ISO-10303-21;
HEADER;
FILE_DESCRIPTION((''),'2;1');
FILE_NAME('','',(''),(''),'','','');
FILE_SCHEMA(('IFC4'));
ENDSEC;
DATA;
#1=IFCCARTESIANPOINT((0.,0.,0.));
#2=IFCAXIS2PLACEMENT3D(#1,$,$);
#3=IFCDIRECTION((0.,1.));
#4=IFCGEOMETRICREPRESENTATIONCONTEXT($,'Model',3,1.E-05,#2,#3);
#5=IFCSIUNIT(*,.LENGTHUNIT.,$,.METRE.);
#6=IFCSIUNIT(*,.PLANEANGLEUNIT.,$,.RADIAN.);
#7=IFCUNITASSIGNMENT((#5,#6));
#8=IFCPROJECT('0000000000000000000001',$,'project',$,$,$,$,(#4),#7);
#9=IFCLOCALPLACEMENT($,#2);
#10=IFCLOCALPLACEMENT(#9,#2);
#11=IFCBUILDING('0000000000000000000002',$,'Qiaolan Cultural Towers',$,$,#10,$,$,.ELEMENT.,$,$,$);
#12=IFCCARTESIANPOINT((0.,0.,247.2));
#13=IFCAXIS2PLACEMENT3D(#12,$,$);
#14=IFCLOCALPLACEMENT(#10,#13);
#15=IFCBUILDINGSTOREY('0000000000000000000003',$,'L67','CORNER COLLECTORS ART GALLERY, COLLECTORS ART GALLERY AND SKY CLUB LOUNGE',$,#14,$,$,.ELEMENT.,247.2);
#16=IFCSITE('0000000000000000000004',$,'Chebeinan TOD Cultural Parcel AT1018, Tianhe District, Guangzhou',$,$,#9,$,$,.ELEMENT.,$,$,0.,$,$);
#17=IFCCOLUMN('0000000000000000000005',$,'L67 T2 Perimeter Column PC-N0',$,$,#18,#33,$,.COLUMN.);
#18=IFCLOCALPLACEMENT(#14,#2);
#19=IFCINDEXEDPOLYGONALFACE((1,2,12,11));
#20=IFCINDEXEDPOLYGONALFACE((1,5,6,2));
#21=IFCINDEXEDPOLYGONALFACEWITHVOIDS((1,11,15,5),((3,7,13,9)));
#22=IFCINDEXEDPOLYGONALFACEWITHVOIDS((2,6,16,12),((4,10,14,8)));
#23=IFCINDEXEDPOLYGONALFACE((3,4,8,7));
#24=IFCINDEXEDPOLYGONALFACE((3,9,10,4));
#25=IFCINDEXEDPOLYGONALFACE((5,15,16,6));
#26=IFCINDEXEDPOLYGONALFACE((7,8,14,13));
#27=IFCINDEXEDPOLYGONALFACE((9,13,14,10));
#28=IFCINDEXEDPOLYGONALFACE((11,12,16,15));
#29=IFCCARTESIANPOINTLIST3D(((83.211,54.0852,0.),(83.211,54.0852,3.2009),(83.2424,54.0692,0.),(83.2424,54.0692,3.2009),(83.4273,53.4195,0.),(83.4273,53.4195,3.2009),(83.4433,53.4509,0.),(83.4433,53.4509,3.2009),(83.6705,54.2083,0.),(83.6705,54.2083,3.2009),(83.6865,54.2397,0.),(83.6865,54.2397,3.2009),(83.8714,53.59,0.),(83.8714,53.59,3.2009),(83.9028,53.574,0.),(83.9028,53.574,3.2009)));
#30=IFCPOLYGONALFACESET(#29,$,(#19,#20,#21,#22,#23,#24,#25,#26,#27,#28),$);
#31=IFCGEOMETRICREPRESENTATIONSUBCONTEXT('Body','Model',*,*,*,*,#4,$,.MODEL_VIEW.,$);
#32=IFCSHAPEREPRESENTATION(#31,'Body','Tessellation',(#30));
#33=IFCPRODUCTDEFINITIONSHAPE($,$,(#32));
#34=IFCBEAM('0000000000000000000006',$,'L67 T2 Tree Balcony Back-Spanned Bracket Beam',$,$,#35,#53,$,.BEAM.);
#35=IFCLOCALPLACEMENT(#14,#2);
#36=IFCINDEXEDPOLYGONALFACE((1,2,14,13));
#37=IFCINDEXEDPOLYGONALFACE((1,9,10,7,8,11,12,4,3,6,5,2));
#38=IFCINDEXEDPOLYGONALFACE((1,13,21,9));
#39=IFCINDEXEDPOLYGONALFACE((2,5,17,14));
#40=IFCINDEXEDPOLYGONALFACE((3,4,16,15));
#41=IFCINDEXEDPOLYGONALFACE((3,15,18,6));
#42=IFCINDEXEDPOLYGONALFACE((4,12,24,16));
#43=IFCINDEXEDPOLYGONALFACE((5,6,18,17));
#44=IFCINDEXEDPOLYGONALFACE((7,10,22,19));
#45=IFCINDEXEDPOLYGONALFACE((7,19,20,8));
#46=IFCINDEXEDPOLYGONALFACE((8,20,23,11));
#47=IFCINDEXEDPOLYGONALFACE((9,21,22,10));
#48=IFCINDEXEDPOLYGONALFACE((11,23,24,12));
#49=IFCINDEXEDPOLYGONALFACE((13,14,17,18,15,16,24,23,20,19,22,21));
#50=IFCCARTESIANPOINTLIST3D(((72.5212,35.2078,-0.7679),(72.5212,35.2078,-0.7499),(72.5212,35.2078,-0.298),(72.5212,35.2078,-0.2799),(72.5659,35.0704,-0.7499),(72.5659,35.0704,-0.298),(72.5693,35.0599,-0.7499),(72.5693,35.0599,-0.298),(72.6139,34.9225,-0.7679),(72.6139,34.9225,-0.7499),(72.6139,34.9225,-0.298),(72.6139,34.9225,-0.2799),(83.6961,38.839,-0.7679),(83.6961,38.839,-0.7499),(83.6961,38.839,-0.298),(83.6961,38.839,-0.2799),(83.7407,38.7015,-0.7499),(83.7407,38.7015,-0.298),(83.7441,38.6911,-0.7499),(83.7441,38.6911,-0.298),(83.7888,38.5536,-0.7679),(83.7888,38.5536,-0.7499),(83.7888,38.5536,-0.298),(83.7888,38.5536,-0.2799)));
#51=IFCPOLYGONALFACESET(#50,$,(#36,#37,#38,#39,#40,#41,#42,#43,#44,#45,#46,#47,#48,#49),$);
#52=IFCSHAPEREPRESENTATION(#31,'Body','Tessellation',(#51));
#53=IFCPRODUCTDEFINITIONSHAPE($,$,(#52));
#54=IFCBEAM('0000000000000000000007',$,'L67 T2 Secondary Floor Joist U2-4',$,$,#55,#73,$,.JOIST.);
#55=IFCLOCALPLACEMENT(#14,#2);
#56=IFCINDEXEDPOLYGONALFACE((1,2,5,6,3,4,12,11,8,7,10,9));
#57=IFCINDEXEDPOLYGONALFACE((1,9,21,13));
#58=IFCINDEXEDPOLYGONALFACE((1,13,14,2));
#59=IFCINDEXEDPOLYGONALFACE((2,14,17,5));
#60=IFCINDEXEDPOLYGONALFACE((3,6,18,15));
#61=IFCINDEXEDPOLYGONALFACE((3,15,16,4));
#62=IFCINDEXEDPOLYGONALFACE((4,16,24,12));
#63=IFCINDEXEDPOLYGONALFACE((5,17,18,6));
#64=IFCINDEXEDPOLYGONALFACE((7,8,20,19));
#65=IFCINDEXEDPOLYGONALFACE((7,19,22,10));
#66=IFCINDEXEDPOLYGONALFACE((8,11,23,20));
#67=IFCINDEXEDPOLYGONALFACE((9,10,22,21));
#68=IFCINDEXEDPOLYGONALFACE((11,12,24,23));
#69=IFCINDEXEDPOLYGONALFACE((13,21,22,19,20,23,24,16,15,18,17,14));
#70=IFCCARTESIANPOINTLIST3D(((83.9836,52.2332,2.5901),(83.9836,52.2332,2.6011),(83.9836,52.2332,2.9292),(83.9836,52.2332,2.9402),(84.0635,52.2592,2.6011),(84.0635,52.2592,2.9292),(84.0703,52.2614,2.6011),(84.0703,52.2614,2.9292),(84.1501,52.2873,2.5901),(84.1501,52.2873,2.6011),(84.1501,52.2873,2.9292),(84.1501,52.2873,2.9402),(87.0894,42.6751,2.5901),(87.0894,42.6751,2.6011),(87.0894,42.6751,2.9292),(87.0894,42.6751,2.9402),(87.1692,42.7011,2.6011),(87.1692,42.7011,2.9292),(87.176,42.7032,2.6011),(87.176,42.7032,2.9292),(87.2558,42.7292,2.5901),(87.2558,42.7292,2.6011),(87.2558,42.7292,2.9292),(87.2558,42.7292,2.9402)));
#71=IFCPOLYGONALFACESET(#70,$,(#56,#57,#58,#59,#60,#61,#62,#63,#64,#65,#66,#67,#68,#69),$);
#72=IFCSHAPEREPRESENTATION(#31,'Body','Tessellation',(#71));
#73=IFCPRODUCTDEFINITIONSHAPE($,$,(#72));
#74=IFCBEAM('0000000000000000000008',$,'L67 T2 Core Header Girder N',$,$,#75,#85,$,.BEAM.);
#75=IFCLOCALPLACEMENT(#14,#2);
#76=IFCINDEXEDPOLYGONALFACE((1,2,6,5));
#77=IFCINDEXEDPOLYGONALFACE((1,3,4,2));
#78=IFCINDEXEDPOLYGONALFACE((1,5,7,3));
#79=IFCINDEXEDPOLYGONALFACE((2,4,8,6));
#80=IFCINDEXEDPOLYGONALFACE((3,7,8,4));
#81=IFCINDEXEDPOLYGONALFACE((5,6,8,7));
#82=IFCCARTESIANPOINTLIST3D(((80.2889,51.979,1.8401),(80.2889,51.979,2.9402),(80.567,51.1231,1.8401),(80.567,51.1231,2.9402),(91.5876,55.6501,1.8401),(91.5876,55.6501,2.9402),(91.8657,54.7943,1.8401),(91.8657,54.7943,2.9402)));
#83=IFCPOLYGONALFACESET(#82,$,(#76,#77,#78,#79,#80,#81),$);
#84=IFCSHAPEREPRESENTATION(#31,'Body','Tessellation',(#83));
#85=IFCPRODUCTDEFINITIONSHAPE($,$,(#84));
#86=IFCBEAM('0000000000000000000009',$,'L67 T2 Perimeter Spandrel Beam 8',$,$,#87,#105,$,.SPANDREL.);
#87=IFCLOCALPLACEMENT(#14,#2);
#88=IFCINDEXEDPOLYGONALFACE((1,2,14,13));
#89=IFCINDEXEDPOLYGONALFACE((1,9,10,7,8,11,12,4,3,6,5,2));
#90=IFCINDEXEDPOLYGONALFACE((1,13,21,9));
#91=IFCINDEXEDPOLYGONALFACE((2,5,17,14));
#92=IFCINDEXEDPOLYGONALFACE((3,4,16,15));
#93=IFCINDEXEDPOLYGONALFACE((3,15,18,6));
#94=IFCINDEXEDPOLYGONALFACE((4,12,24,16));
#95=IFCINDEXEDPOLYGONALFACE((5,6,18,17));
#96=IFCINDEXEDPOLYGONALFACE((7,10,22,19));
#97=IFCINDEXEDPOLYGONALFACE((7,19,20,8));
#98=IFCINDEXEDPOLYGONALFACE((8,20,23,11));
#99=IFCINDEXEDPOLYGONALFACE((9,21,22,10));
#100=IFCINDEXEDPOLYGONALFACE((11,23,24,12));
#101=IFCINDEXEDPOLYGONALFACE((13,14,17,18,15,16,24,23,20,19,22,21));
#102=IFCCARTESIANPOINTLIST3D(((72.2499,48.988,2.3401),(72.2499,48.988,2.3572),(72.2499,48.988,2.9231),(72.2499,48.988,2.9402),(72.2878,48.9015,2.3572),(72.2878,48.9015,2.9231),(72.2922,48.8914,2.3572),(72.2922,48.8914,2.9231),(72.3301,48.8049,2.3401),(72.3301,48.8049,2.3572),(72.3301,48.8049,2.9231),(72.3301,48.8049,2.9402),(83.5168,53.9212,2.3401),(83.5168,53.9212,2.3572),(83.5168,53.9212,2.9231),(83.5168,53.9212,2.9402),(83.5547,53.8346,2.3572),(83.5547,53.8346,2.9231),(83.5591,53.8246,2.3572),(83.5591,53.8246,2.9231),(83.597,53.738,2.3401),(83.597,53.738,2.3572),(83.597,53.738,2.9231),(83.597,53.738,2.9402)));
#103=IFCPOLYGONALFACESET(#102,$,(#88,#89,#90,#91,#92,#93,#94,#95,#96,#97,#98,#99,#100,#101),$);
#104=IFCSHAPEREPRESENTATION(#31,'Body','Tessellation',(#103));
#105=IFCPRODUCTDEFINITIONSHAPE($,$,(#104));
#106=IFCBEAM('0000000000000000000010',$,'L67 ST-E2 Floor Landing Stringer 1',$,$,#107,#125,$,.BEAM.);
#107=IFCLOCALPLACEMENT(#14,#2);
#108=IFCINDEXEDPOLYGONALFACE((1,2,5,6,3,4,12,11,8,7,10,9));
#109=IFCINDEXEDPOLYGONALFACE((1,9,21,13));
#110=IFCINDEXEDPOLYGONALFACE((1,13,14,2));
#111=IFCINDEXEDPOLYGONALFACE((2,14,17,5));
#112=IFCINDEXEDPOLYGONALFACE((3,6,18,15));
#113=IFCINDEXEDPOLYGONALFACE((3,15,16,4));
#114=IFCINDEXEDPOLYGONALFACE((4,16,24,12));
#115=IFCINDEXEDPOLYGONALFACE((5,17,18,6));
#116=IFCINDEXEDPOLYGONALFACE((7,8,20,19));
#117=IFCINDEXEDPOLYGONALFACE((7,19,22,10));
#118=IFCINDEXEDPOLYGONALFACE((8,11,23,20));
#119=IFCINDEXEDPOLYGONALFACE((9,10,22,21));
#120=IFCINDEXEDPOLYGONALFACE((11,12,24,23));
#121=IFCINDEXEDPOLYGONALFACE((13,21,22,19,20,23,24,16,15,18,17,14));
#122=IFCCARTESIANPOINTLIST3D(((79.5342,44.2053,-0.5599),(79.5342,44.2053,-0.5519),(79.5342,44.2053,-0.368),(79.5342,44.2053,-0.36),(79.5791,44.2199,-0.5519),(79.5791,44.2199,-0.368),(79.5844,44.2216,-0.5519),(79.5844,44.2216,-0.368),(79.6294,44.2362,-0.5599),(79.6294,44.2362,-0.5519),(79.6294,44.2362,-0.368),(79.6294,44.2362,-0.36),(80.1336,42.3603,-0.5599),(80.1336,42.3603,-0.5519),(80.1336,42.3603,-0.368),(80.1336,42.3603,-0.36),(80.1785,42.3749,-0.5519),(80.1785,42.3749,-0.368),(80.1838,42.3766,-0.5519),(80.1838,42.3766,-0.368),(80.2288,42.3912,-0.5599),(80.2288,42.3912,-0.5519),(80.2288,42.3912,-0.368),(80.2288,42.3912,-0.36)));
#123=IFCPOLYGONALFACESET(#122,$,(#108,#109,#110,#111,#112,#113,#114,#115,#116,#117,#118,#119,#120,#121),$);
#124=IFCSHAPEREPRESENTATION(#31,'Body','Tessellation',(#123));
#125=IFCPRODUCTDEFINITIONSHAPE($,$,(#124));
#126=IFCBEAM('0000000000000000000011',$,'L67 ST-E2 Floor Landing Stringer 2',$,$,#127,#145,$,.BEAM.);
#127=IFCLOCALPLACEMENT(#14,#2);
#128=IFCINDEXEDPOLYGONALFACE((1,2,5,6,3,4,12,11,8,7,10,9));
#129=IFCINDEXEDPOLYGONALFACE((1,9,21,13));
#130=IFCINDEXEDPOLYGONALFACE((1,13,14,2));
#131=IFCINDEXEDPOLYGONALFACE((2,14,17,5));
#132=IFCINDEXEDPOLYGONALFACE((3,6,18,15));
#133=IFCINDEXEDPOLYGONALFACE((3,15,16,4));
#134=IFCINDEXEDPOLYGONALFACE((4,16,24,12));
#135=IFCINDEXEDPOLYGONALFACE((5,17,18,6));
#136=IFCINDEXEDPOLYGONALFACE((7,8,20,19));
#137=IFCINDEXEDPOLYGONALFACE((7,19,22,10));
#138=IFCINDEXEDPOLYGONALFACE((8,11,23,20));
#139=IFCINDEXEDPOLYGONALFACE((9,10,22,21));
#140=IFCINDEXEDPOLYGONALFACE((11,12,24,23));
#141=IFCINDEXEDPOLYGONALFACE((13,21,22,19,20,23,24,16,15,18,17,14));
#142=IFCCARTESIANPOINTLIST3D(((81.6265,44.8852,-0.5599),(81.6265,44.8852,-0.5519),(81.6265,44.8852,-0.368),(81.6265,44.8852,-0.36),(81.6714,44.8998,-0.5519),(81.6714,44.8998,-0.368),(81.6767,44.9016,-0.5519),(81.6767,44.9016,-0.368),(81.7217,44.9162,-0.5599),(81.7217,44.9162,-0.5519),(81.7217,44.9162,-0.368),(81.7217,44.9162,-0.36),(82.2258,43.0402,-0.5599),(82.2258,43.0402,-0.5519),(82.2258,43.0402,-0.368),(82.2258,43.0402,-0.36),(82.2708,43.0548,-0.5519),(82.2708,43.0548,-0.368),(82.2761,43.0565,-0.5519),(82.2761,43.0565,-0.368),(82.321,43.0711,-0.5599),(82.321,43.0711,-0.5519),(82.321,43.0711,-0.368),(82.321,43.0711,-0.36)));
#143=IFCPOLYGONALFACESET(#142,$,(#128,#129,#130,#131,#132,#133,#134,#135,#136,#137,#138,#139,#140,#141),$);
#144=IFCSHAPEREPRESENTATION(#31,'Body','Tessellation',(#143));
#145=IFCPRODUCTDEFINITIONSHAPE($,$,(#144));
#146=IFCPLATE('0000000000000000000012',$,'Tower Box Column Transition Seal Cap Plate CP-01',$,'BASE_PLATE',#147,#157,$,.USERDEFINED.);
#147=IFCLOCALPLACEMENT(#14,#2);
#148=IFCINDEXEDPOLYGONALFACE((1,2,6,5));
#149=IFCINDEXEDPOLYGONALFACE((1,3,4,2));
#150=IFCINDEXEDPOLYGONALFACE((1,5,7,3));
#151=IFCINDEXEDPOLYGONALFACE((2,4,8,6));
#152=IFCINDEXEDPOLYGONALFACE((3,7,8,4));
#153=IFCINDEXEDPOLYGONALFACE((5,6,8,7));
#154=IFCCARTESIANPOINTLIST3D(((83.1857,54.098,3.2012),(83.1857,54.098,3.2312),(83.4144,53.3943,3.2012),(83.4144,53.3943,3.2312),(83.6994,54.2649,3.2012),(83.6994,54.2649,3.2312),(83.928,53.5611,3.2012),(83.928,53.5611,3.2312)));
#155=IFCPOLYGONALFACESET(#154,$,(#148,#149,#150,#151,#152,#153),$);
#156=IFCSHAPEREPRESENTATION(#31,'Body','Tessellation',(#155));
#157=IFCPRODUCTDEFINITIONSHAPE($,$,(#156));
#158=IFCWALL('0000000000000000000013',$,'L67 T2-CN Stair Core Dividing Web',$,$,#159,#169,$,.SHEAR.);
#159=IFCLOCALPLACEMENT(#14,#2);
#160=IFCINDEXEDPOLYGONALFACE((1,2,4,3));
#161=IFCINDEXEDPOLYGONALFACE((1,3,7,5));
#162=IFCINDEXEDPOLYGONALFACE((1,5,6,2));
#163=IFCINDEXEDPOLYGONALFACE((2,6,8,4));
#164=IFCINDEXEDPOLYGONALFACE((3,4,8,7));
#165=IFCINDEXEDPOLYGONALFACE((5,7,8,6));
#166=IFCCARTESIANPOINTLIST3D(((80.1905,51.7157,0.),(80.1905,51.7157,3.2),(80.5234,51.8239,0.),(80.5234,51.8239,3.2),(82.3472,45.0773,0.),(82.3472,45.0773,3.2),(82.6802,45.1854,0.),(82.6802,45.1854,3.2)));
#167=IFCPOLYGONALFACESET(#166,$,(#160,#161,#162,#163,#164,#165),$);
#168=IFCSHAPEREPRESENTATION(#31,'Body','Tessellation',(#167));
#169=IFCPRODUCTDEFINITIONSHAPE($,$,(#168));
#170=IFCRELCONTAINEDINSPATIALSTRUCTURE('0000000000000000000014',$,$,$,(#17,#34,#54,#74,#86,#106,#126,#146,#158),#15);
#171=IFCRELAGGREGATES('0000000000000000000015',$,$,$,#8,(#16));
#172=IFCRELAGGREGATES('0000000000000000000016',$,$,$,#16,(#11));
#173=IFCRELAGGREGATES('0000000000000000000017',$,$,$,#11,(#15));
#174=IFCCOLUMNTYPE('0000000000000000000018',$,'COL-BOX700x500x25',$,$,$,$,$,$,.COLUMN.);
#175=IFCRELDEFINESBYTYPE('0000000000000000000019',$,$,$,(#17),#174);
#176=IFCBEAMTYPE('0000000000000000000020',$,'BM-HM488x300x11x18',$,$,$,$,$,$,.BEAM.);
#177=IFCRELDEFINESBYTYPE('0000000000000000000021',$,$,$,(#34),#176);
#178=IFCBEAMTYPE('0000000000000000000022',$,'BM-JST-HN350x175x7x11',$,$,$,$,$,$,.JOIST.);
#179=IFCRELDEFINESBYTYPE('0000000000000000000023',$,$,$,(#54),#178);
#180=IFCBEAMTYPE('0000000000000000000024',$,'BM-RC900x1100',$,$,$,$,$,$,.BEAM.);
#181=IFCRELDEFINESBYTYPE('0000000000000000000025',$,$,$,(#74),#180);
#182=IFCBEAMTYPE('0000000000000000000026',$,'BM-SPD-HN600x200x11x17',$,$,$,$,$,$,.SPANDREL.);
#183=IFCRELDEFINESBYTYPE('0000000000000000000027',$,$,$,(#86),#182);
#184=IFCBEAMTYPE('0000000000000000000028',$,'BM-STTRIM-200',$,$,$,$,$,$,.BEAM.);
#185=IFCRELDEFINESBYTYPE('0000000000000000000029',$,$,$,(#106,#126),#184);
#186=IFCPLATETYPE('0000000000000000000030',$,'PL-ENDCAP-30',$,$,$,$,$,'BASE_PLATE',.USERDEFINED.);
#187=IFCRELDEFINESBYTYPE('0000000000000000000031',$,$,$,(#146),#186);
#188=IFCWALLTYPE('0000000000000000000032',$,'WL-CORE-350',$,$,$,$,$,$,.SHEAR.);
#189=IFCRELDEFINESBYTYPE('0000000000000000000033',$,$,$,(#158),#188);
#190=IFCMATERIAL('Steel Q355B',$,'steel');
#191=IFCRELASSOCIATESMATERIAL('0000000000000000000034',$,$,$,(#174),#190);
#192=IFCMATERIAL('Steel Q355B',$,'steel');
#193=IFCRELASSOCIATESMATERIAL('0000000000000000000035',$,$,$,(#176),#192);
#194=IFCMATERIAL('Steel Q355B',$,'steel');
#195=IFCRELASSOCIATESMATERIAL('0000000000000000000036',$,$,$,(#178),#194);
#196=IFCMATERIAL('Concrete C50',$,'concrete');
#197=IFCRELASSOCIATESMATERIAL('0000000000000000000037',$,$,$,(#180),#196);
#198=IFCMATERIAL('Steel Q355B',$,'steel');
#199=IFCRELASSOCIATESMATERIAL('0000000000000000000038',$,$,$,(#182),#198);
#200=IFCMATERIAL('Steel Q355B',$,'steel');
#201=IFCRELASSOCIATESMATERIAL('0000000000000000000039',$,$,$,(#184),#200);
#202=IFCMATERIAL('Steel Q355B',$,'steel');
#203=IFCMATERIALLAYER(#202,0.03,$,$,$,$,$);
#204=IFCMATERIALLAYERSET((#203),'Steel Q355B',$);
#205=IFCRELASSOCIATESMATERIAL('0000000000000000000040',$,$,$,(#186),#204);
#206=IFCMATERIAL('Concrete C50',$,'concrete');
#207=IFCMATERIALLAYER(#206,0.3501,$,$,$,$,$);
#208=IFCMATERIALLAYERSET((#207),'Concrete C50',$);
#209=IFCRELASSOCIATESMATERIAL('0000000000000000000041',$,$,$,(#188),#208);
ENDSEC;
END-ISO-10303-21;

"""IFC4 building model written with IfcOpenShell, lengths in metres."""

from ifc_helpers import new_model, si_unit, direction, frame, frame_2d, origin, origin_2d, place, context, subcontext, project, spatial, rectangle, hollow_rectangle, i_section, extrude, material, layer, layer_set, material_profile, profile_set, type_object, element, save


model = new_model("IFC4")

# Units and contexts
model_context = context("Model", 3, precision=1e-05, world=origin(), true_north=direction((0.0, 1.0)))
body_context = subcontext(model_context, "Body", "Model", "MODEL_VIEW")
ifc_project = project(units=[si_unit("LENGTHUNIT", "METRE"), si_unit("PLANEANGLEUNIT", "RADIAN")], contexts=[model_context])

# Site, building, storey
site_placement = place(None, origin())
site = spatial("IfcSite", under=ifc_project, at=site_placement, Name="Chebeinan TOD Cultural Parcel AT1018, Tianhe District, Guangzhou", CompositionType="ELEMENT", RefElevation=0.0)
building_placement = place(site_placement, origin())
building = spatial("IfcBuilding", under=site, at=building_placement, Name="Qiaolan Cultural Towers", CompositionType="ELEMENT")
storey_placement = place(building_placement, frame((0.0, 0.0, 247.2)))
storey = spatial("IfcBuildingStorey", under=building, at=storey_placement, Name="L67", Description="CORNER COLLECTORS ART GALLERY, COLLECTORS ART GALLERY AND SKY CLUB LOUNGE", CompositionType="ELEMENT", Elevation=247.2)

# Column
ifc_material_1 = material(Name="Steel Q355B", Category="steel")
ifc_material_profile_1 = material_profile(ifc_material_1, hollow_rectangle(XDim=0.5, YDim=0.7, WallThickness=0.0249, at=origin_2d()), Name="BOX700x500x25")
ifc_profile_set_1 = profile_set([ifc_material_profile_1], Name="Steel Q355B")
column_type = type_object("IfcColumnType", Name="COL-BOX700x500x25", PredefinedType="COLUMN", material=ifc_profile_set_1)
column_placement = place(storey_placement, frame((83.5569, 53.8296, 0.0), z_axis=(0.0, 0.0, 1.0), x_axis=(0.951057, 0.309017, 0.0)))
element("IfcColumn", 1, at=column_placement, inside=storey, type_object=column_type, Name="L67 T2 Perimeter Column PC-N0", PredefinedType="COLUMN", context=body_context, shape_type="SweptSolid", body=[
    extrude(hollow_rectangle(XDim=0.5, YDim=0.7, WallThickness=0.0249, at=origin_2d()), origin(), (0.0, 0.0, 1.0), 3.2009),
])

# Beams
ifc_material_2 = material(Name="Steel Q355B", Category="steel")
ifc_material_profile_2 = material_profile(ifc_material_2, i_section(OverallWidth=0.3, OverallDepth=0.488, WebThickness=0.011, FlangeThickness=0.0181, at=origin_2d()), Name="HM488x300x11x18")
ifc_profile_set_2 = profile_set([ifc_material_profile_2], Name="Steel Q355B")
beam_type_1 = type_object("IfcBeamType", Name="BM-HM488x300x11x18", PredefinedType="BEAM", material=ifc_profile_set_2)
beam_1_placement = place(storey_placement, frame((83.7424, 38.6963, -0.5239), z_axis=(-0.951052, -0.309032, 0.0), x_axis=(0.309032, -0.951052, 0.0)))
element("IfcBeam", 2, at=beam_1_placement, inside=storey, type_object=beam_type_1, Name="L67 T2 Tree Balcony Back-Spanned Bracket Beam", PredefinedType="BEAM", context=body_context, shape_type="SweptSolid", body=[
    extrude(i_section(OverallWidth=0.3, OverallDepth=0.488, WebThickness=0.011, FlangeThickness=0.0181, at=origin_2d()), origin(), (0.0, 0.0, 1.0), 11.75),
])
ifc_material_3 = material(Name="Steel Q355B", Category="steel")
ifc_material_profile_3 = material_profile(ifc_material_3, i_section(OverallWidth=0.175, OverallDepth=0.3501, WebThickness=0.0071, FlangeThickness=0.011, at=origin_2d()), Name="HN350x175x7x11")
ifc_profile_set_3 = profile_set([ifc_material_profile_3], Name="Steel Q355B")
beam_type_2 = type_object("IfcBeamType", Name="BM-JST-HN350x175x7x11", PredefinedType="JOIST", material=ifc_profile_set_3)
beam_2_placement = place(storey_placement, frame((87.1726, 42.7021, 2.7651), z_axis=(-0.309026, 0.951054, 0.0), x_axis=(-0.951054, -0.309026, 0.0)))
element("IfcBeam", 3, at=beam_2_placement, inside=storey, type_object=beam_type_2, Name="L67 T2 Secondary Floor Joist U2-4", PredefinedType="JOIST", context=body_context, shape_type="SweptSolid", body=[
    extrude(i_section(OverallWidth=0.175, OverallDepth=0.3501, WebThickness=0.0071, FlangeThickness=0.011, at=origin_2d()), origin(), (0.0, 0.0, 1.0), 10.05),
])
ifc_material_4 = material(Name="Concrete C50", Category="concrete")
ifc_material_profile_4 = material_profile(ifc_material_4, rectangle(XDim=0.8999, YDim=1.1001, at=origin_2d()), Name="RC900x1100")
ifc_profile_set_4 = profile_set([ifc_material_profile_4], Name="Concrete C50")
beam_type_3 = type_object("IfcBeamType", Name="BM-RC900x1100", PredefinedType="BEAM", material=ifc_profile_set_4)
beam_3_placement = place(storey_placement, frame((80.428, 51.551, 2.3901), z_axis=(0.951056, 0.309018, 0.0), x_axis=(-0.309018, 0.951056, 0.0)))
element("IfcBeam", 4, at=beam_3_placement, inside=storey, type_object=beam_type_3, Name="L67 T2 Core Header Girder N", PredefinedType="BEAM", context=body_context, shape_type="SweptSolid", body=[
    extrude(rectangle(XDim=0.8999, YDim=1.1001, at=origin_2d()), origin(), (0.0, 0.0, 1.0), 11.8801),
])
ifc_material_5 = material(Name="Steel Q355B", Category="steel")
ifc_material_profile_5 = material_profile(ifc_material_5, i_section(OverallWidth=0.2, OverallDepth=0.6001, WebThickness=0.011, FlangeThickness=0.0171, at=origin_2d()), Name="HN600x200x11x17")
ifc_profile_set_5 = profile_set([ifc_material_profile_5], Name="Steel Q355B")
beam_type_4 = type_object("IfcBeamType", Name="BM-SPD-HN600x200x11x17", PredefinedType="SPANDREL", material=ifc_profile_set_5)
beam_4_placement = place(storey_placement, frame((83.5569, 53.8296, 2.6401), z_axis=(-0.916042, -0.401082, 0.0), x_axis=(0.401082, -0.916042, 0.0)))
element("IfcBeam", 5, at=beam_4_placement, inside=storey, type_object=beam_type_4, Name="L67 T2 Perimeter Spandrel Beam 8", PredefinedType="SPANDREL", context=body_context, shape_type="SweptSolid", body=[
    extrude(i_section(OverallWidth=0.2, OverallDepth=0.6001, WebThickness=0.011, FlangeThickness=0.0171, at=origin_2d()), origin(), (0.0, 0.0, 1.0), 12.2996),
])
ifc_material_6 = material(Name="Steel Q355B", Category="steel")
ifc_material_profile_6 = material_profile(ifc_material_6, i_section(OverallWidth=0.1001, OverallDepth=0.2, WebThickness=0.0056, FlangeThickness=0.0081, at=origin_2d()), Name="HN200x100x5.5x8")
ifc_profile_set_6 = profile_set([ifc_material_profile_6], Name="Steel Q355B")
beam_type_5 = type_object("IfcBeamType", Name="BM-STTRIM-200", PredefinedType="BEAM", material=ifc_profile_set_6)
for number, where, z_axis, x_axis, name in (
    (6, (80.1812, 42.3757, -0.46), (-0.308969, 0.951072, 0.0), (-0.951072, -0.308969, 0.0), "L67 ST-E2 Floor Landing Stringer 1"),
    (7, (82.2734, 43.0557, -0.46), (-0.308969, 0.951072, 0.0), (-0.951072, -0.308969, 0.0), "L67 ST-E2 Floor Landing Stringer 2"),
):
    element("IfcBeam", number, at=place(storey_placement, frame(where, z_axis=z_axis, x_axis=x_axis)), inside=storey, type_object=beam_type_5, Name=name, PredefinedType="BEAM", context=body_context, shape_type="SweptSolid", body=[
        extrude(i_section(OverallWidth=0.1001, OverallDepth=0.2, WebThickness=0.0056, FlangeThickness=0.0081, at=origin_2d()), origin(), (0.0, 0.0, 1.0), 1.9399),
    ])

# Plate
ifc_material_7 = material(Name="Steel Q355B", Category="steel")
ifc_layer_1 = layer(ifc_material_7, 0.03)
ifc_layer_set_1 = layer_set([ifc_layer_1], Name="Steel Q355B")
plate_type = type_object("IfcPlateType", Name="PL-ENDCAP-30", ElementType="BASE_PLATE", PredefinedType="USERDEFINED", material=ifc_layer_set_1)
plate_placement = place(storey_placement, frame((83.5569, 53.8296, 3.2012), z_axis=(0.0, 0.0, 1.0), x_axis=(0.951057, 0.309017, 0.0)))
element("IfcPlate", 8, at=plate_placement, inside=storey, type_object=plate_type, Name="Tower Box Column Transition Seal Cap Plate CP-01", ObjectType="BASE_PLATE", PredefinedType="USERDEFINED", context=body_context, shape_type="SweptSolid", body=[
    extrude(rectangle(XDim=0.54, YDim=0.74, at=origin_2d()), origin(), (0.0, 0.0, 1.0), 0.03),
])

# Wall
ifc_material_8 = material(Name="Concrete C50", Category="concrete")
ifc_layer_2 = layer(ifc_material_8, 0.3501)
ifc_layer_set_2 = layer_set([ifc_layer_2], Name="Concrete C50")
wall_type_1 = type_object("IfcWallType", Name="WL-CORE-350", PredefinedType="SHEAR", material=ifc_layer_set_2)
wall_1_placement = place(storey_placement, frame((82.5137, 45.1313, 0.0), z_axis=(0.0, 0.0, 1.0), x_axis=(-0.308989, 0.951066, 0.0)))
element("IfcWall", 9, at=wall_1_placement, inside=storey, type_object=wall_type_1, Name="L67 T2-CN Stair Core Dividing Web", PredefinedType="SHEAR", context=body_context, shape_type="SweptSolid", body=[
    extrude(rectangle(XDim=6.98, YDim=0.3501, at=frame_2d((3.49, 0.0))), origin(), (0.0, 0.0, 1.0), 3.2),
])

save(model, "model.ifc")
